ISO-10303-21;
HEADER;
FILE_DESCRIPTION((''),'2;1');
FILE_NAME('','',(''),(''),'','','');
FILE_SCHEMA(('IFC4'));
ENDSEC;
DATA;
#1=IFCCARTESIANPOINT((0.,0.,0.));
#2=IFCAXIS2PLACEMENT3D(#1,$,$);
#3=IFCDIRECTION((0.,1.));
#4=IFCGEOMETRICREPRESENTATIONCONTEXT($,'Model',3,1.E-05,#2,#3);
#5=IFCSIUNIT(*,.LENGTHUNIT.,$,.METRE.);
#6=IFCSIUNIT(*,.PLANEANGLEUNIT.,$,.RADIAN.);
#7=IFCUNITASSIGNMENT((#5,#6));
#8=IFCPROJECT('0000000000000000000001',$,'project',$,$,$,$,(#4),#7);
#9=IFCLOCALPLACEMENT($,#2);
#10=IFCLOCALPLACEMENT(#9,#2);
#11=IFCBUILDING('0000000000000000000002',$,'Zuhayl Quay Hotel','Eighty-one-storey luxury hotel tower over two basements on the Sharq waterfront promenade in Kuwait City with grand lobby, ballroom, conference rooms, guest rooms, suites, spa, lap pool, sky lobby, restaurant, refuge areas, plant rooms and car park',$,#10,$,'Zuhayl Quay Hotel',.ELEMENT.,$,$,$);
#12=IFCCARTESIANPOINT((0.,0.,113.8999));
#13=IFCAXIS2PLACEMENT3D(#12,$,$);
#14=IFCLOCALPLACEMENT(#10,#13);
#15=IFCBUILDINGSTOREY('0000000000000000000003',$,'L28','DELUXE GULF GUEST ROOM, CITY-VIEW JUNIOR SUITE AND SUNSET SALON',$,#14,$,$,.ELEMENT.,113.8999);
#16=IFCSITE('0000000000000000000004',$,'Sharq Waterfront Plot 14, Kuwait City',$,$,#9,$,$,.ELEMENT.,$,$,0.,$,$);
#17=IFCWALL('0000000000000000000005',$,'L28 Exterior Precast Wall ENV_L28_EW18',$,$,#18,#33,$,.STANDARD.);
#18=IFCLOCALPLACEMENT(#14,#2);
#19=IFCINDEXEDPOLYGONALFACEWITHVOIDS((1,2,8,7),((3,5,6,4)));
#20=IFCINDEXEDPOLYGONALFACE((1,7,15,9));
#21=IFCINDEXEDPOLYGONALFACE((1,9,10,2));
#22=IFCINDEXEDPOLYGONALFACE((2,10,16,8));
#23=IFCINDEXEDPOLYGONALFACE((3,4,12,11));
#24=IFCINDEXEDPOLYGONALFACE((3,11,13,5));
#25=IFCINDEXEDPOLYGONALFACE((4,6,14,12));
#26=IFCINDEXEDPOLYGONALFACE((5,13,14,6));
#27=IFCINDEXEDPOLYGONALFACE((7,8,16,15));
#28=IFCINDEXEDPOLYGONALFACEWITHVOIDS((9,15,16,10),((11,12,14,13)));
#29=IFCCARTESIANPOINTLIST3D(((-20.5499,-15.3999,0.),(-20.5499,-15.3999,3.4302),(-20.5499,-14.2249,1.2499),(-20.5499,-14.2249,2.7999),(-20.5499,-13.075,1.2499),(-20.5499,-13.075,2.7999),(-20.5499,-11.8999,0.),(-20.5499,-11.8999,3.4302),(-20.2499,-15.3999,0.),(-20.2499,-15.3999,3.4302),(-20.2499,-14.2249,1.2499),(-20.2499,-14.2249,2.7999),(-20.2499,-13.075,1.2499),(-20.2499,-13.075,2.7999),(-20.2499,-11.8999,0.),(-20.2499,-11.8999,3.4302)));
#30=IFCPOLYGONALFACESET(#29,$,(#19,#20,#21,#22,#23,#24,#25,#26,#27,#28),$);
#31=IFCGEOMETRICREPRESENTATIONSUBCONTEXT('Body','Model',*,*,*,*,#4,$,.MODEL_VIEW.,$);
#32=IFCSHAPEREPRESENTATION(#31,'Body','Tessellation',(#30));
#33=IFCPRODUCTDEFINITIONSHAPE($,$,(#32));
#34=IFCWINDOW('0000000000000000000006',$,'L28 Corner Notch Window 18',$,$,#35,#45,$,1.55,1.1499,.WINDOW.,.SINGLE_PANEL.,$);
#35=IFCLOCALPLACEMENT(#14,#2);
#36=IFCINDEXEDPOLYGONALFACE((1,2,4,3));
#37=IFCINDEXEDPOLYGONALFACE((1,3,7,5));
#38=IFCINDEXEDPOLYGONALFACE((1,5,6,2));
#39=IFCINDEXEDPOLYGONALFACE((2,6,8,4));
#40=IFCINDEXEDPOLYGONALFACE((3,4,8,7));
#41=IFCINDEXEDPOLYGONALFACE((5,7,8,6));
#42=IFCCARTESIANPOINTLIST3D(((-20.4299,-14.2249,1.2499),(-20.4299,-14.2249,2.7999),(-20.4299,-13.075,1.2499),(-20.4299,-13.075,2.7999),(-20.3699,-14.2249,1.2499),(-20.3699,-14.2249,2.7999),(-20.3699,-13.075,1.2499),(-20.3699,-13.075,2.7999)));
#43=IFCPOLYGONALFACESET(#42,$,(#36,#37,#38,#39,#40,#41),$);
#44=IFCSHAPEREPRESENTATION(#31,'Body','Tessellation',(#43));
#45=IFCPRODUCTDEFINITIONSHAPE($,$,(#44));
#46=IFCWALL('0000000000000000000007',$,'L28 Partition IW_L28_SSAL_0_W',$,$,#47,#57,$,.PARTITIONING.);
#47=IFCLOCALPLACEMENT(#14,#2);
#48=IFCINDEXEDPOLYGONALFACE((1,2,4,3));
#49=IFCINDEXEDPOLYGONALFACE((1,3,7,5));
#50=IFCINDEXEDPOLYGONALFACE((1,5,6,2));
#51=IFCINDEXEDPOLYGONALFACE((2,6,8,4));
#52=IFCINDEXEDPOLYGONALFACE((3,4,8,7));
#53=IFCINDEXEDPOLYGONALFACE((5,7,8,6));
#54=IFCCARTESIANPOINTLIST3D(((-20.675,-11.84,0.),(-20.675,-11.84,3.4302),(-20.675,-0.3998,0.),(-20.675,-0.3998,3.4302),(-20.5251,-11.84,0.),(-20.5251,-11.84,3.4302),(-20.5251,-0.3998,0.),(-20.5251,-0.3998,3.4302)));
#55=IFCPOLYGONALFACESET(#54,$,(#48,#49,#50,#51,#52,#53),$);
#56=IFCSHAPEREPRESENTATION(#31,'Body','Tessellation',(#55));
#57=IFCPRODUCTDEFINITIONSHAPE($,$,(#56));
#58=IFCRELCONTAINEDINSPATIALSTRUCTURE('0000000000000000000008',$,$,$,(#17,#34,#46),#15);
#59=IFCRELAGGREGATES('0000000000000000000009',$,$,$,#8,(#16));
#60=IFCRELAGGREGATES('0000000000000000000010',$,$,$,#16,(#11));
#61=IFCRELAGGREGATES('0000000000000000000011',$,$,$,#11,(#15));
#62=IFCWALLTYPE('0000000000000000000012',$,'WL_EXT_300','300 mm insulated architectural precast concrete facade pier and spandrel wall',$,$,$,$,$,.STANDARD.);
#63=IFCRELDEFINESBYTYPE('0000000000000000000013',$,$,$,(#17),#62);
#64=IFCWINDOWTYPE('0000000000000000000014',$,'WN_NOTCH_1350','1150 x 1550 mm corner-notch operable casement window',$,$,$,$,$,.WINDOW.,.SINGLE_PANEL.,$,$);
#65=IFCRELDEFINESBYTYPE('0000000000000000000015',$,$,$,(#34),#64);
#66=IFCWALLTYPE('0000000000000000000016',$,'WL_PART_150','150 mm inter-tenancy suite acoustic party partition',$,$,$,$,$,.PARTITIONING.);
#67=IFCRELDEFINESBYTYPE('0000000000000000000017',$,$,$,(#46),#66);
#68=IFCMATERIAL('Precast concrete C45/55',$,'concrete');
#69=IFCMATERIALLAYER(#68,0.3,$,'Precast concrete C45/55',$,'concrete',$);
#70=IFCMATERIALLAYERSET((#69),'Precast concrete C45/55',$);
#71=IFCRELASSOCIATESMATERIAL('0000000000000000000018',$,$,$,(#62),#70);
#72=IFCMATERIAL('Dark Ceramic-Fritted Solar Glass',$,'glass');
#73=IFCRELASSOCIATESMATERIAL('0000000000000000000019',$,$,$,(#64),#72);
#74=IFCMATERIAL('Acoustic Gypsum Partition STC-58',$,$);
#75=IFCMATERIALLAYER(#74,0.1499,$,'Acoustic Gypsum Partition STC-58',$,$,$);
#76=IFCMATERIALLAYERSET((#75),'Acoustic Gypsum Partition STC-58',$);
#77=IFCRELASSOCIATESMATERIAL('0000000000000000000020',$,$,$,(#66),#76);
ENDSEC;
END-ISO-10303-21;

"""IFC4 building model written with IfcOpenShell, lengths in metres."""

from ifc_helpers import new_model, si_unit, direction, frame, frame_2d, origin, place, context, subcontext, project, spatial, rectangle, extrude, material, layer, layer_set, type_object, element, fill, save


model = new_model("IFC4")

# Units and contexts
model_context = context("Model", 3, precision=1e-05, world=origin(), true_north=direction((0.0, 1.0)))
body_context = subcontext(model_context, "Body", "Model", "MODEL_VIEW")
ifc_project = project(units=[si_unit("LENGTHUNIT", "METRE"), si_unit("PLANEANGLEUNIT", "RADIAN")], contexts=[model_context])

# Site, building, storey
site_placement = place(None, origin())
site = spatial("IfcSite", under=ifc_project, at=site_placement, Name="Sharq Waterfront Plot 14, Kuwait City", CompositionType="ELEMENT", RefElevation=0.0)
building_placement = place(site_placement, origin())
building = spatial("IfcBuilding", under=site, at=building_placement, Name="Zuhayl Quay Hotel", Description="Eighty-one-storey luxury hotel tower over two basements on the Sharq waterfront promenade in Kuwait City with grand lobby, ballroom, conference rooms, guest rooms, suites, spa, lap pool, sky lobby, restaurant, refuge areas, plant rooms and car park", LongName="Zuhayl Quay Hotel", CompositionType="ELEMENT")
storey_placement = place(building_placement, frame((0.0, 0.0, 113.8999)))
storey = spatial("IfcBuildingStorey", under=building, at=storey_placement, Name="L28", Description="DELUXE GULF GUEST ROOM, CITY-VIEW JUNIOR SUITE AND SUNSET SALON", CompositionType="ELEMENT", Elevation=113.8999)

# Shared definitions
ifc_material_1 = material(Name="Dark Ceramic-Fritted Solar Glass", Category="glass")

# Shared definitions
ifc_material_2 = material(Name="Precast concrete C45/55", Category="concrete")
ifc_layer_1 = layer(ifc_material_2, 0.3, Name="Precast concrete C45/55", Category="concrete")
ifc_layer_set_1 = layer_set([ifc_layer_1], Name="Precast concrete C45/55")
wall_type_1 = type_object("IfcWallType", Name="WL_EXT_300", Description="300 mm insulated architectural precast concrete facade pier and spandrel wall", PredefinedType="STANDARD", material=ifc_layer_set_1)
window_type = type_object("IfcWindowType", Name="WN_NOTCH_1350", Description="1150 x 1550 mm corner-notch operable casement window", PartitioningType="SINGLE_PANEL", PredefinedType="WINDOW", material=ifc_material_1)

# Wall, opening, window
wall_1_placement = place(storey_placement, frame((-20.3999, -15.3999, 0.0), z_axis=(0.0, 0.0, 1.0), x_axis=(0.0, 1.0, 0.0)))
wall_1 = element("IfcWall", 1, at=wall_1_placement, inside=storey, type_object=wall_type_1, Name="L28 Exterior Precast Wall ENV_L28_EW18", PredefinedType="STANDARD", context=body_context, shape_type="SweptSolid", body=[
    extrude(rectangle(XDim=3.5, YDim=0.3, at=frame_2d((1.75, 0.0))), origin(), (0.0, 0.0, 1.0), 3.4302),
])
opening_1_placement = place(wall_1_placement, frame((1.175, 0.0, 1.25)))
opening_1 = element("IfcOpeningElement", 2, at=opening_1_placement, cuts=wall_1, PredefinedType="OPENING", context=body_context, shape_type="SweptSolid", body=[
    extrude(rectangle(XDim=1.1499, YDim=1.55, at=frame_2d((0.575, 0.7749))), frame((0.0, 0.1599, 0.0), z_axis=(0.0, -1.0, 0.0), x_axis=(1.0, 0.0, 0.0)), (0.0, 0.0, 1.0), 0.3201),
])
window_1_placement = place(opening_1_placement, origin())
window_1 = element("IfcWindow", 3, at=window_1_placement, inside=storey, type_object=window_type, Name="L28 Corner Notch Window 18", OverallHeight=1.55, OverallWidth=1.1499, PartitioningType="SINGLE_PANEL", PredefinedType="WINDOW", context=body_context, shape_type="SweptSolid", body=[
    extrude(rectangle(XDim=1.1499, YDim=1.55, at=frame_2d((0.575, 0.7749))), frame((0.0, 0.03, 0.0), z_axis=(0.0, -1.0, 0.0), x_axis=(1.0, 0.0, 0.0)), (0.0, 0.0, 1.0), 0.0601),
])
fill(opening_1, window_1)

# Wall
ifc_material_3 = material(Name="Acoustic Gypsum Partition STC-58")
ifc_layer_2 = layer(ifc_material_3, 0.1499, Name="Acoustic Gypsum Partition STC-58")
ifc_layer_set_2 = layer_set([ifc_layer_2], Name="Acoustic Gypsum Partition STC-58")
wall_type_2 = type_object("IfcWallType", Name="WL_PART_150", Description="150 mm inter-tenancy suite acoustic party partition", PredefinedType="PARTITIONING", material=ifc_layer_set_2)
wall_2_placement = place(storey_placement, frame((-20.6001, -11.8401, 0.0), z_axis=(0.0, 0.0, 1.0), x_axis=(0.0, 1.0, 0.0)))
element("IfcWall", 4, at=wall_2_placement, inside=storey, type_object=wall_type_2, Name="L28 Partition IW_L28_SSAL_0_W", PredefinedType="PARTITIONING", context=body_context, shape_type="SweptSolid", body=[
    extrude(rectangle(XDim=11.4402, YDim=0.1499, at=frame_2d((5.7202, 0.0))), origin(), (0.0, 0.0, 1.0), 3.4302),
])

save(model, "model.ifc")
